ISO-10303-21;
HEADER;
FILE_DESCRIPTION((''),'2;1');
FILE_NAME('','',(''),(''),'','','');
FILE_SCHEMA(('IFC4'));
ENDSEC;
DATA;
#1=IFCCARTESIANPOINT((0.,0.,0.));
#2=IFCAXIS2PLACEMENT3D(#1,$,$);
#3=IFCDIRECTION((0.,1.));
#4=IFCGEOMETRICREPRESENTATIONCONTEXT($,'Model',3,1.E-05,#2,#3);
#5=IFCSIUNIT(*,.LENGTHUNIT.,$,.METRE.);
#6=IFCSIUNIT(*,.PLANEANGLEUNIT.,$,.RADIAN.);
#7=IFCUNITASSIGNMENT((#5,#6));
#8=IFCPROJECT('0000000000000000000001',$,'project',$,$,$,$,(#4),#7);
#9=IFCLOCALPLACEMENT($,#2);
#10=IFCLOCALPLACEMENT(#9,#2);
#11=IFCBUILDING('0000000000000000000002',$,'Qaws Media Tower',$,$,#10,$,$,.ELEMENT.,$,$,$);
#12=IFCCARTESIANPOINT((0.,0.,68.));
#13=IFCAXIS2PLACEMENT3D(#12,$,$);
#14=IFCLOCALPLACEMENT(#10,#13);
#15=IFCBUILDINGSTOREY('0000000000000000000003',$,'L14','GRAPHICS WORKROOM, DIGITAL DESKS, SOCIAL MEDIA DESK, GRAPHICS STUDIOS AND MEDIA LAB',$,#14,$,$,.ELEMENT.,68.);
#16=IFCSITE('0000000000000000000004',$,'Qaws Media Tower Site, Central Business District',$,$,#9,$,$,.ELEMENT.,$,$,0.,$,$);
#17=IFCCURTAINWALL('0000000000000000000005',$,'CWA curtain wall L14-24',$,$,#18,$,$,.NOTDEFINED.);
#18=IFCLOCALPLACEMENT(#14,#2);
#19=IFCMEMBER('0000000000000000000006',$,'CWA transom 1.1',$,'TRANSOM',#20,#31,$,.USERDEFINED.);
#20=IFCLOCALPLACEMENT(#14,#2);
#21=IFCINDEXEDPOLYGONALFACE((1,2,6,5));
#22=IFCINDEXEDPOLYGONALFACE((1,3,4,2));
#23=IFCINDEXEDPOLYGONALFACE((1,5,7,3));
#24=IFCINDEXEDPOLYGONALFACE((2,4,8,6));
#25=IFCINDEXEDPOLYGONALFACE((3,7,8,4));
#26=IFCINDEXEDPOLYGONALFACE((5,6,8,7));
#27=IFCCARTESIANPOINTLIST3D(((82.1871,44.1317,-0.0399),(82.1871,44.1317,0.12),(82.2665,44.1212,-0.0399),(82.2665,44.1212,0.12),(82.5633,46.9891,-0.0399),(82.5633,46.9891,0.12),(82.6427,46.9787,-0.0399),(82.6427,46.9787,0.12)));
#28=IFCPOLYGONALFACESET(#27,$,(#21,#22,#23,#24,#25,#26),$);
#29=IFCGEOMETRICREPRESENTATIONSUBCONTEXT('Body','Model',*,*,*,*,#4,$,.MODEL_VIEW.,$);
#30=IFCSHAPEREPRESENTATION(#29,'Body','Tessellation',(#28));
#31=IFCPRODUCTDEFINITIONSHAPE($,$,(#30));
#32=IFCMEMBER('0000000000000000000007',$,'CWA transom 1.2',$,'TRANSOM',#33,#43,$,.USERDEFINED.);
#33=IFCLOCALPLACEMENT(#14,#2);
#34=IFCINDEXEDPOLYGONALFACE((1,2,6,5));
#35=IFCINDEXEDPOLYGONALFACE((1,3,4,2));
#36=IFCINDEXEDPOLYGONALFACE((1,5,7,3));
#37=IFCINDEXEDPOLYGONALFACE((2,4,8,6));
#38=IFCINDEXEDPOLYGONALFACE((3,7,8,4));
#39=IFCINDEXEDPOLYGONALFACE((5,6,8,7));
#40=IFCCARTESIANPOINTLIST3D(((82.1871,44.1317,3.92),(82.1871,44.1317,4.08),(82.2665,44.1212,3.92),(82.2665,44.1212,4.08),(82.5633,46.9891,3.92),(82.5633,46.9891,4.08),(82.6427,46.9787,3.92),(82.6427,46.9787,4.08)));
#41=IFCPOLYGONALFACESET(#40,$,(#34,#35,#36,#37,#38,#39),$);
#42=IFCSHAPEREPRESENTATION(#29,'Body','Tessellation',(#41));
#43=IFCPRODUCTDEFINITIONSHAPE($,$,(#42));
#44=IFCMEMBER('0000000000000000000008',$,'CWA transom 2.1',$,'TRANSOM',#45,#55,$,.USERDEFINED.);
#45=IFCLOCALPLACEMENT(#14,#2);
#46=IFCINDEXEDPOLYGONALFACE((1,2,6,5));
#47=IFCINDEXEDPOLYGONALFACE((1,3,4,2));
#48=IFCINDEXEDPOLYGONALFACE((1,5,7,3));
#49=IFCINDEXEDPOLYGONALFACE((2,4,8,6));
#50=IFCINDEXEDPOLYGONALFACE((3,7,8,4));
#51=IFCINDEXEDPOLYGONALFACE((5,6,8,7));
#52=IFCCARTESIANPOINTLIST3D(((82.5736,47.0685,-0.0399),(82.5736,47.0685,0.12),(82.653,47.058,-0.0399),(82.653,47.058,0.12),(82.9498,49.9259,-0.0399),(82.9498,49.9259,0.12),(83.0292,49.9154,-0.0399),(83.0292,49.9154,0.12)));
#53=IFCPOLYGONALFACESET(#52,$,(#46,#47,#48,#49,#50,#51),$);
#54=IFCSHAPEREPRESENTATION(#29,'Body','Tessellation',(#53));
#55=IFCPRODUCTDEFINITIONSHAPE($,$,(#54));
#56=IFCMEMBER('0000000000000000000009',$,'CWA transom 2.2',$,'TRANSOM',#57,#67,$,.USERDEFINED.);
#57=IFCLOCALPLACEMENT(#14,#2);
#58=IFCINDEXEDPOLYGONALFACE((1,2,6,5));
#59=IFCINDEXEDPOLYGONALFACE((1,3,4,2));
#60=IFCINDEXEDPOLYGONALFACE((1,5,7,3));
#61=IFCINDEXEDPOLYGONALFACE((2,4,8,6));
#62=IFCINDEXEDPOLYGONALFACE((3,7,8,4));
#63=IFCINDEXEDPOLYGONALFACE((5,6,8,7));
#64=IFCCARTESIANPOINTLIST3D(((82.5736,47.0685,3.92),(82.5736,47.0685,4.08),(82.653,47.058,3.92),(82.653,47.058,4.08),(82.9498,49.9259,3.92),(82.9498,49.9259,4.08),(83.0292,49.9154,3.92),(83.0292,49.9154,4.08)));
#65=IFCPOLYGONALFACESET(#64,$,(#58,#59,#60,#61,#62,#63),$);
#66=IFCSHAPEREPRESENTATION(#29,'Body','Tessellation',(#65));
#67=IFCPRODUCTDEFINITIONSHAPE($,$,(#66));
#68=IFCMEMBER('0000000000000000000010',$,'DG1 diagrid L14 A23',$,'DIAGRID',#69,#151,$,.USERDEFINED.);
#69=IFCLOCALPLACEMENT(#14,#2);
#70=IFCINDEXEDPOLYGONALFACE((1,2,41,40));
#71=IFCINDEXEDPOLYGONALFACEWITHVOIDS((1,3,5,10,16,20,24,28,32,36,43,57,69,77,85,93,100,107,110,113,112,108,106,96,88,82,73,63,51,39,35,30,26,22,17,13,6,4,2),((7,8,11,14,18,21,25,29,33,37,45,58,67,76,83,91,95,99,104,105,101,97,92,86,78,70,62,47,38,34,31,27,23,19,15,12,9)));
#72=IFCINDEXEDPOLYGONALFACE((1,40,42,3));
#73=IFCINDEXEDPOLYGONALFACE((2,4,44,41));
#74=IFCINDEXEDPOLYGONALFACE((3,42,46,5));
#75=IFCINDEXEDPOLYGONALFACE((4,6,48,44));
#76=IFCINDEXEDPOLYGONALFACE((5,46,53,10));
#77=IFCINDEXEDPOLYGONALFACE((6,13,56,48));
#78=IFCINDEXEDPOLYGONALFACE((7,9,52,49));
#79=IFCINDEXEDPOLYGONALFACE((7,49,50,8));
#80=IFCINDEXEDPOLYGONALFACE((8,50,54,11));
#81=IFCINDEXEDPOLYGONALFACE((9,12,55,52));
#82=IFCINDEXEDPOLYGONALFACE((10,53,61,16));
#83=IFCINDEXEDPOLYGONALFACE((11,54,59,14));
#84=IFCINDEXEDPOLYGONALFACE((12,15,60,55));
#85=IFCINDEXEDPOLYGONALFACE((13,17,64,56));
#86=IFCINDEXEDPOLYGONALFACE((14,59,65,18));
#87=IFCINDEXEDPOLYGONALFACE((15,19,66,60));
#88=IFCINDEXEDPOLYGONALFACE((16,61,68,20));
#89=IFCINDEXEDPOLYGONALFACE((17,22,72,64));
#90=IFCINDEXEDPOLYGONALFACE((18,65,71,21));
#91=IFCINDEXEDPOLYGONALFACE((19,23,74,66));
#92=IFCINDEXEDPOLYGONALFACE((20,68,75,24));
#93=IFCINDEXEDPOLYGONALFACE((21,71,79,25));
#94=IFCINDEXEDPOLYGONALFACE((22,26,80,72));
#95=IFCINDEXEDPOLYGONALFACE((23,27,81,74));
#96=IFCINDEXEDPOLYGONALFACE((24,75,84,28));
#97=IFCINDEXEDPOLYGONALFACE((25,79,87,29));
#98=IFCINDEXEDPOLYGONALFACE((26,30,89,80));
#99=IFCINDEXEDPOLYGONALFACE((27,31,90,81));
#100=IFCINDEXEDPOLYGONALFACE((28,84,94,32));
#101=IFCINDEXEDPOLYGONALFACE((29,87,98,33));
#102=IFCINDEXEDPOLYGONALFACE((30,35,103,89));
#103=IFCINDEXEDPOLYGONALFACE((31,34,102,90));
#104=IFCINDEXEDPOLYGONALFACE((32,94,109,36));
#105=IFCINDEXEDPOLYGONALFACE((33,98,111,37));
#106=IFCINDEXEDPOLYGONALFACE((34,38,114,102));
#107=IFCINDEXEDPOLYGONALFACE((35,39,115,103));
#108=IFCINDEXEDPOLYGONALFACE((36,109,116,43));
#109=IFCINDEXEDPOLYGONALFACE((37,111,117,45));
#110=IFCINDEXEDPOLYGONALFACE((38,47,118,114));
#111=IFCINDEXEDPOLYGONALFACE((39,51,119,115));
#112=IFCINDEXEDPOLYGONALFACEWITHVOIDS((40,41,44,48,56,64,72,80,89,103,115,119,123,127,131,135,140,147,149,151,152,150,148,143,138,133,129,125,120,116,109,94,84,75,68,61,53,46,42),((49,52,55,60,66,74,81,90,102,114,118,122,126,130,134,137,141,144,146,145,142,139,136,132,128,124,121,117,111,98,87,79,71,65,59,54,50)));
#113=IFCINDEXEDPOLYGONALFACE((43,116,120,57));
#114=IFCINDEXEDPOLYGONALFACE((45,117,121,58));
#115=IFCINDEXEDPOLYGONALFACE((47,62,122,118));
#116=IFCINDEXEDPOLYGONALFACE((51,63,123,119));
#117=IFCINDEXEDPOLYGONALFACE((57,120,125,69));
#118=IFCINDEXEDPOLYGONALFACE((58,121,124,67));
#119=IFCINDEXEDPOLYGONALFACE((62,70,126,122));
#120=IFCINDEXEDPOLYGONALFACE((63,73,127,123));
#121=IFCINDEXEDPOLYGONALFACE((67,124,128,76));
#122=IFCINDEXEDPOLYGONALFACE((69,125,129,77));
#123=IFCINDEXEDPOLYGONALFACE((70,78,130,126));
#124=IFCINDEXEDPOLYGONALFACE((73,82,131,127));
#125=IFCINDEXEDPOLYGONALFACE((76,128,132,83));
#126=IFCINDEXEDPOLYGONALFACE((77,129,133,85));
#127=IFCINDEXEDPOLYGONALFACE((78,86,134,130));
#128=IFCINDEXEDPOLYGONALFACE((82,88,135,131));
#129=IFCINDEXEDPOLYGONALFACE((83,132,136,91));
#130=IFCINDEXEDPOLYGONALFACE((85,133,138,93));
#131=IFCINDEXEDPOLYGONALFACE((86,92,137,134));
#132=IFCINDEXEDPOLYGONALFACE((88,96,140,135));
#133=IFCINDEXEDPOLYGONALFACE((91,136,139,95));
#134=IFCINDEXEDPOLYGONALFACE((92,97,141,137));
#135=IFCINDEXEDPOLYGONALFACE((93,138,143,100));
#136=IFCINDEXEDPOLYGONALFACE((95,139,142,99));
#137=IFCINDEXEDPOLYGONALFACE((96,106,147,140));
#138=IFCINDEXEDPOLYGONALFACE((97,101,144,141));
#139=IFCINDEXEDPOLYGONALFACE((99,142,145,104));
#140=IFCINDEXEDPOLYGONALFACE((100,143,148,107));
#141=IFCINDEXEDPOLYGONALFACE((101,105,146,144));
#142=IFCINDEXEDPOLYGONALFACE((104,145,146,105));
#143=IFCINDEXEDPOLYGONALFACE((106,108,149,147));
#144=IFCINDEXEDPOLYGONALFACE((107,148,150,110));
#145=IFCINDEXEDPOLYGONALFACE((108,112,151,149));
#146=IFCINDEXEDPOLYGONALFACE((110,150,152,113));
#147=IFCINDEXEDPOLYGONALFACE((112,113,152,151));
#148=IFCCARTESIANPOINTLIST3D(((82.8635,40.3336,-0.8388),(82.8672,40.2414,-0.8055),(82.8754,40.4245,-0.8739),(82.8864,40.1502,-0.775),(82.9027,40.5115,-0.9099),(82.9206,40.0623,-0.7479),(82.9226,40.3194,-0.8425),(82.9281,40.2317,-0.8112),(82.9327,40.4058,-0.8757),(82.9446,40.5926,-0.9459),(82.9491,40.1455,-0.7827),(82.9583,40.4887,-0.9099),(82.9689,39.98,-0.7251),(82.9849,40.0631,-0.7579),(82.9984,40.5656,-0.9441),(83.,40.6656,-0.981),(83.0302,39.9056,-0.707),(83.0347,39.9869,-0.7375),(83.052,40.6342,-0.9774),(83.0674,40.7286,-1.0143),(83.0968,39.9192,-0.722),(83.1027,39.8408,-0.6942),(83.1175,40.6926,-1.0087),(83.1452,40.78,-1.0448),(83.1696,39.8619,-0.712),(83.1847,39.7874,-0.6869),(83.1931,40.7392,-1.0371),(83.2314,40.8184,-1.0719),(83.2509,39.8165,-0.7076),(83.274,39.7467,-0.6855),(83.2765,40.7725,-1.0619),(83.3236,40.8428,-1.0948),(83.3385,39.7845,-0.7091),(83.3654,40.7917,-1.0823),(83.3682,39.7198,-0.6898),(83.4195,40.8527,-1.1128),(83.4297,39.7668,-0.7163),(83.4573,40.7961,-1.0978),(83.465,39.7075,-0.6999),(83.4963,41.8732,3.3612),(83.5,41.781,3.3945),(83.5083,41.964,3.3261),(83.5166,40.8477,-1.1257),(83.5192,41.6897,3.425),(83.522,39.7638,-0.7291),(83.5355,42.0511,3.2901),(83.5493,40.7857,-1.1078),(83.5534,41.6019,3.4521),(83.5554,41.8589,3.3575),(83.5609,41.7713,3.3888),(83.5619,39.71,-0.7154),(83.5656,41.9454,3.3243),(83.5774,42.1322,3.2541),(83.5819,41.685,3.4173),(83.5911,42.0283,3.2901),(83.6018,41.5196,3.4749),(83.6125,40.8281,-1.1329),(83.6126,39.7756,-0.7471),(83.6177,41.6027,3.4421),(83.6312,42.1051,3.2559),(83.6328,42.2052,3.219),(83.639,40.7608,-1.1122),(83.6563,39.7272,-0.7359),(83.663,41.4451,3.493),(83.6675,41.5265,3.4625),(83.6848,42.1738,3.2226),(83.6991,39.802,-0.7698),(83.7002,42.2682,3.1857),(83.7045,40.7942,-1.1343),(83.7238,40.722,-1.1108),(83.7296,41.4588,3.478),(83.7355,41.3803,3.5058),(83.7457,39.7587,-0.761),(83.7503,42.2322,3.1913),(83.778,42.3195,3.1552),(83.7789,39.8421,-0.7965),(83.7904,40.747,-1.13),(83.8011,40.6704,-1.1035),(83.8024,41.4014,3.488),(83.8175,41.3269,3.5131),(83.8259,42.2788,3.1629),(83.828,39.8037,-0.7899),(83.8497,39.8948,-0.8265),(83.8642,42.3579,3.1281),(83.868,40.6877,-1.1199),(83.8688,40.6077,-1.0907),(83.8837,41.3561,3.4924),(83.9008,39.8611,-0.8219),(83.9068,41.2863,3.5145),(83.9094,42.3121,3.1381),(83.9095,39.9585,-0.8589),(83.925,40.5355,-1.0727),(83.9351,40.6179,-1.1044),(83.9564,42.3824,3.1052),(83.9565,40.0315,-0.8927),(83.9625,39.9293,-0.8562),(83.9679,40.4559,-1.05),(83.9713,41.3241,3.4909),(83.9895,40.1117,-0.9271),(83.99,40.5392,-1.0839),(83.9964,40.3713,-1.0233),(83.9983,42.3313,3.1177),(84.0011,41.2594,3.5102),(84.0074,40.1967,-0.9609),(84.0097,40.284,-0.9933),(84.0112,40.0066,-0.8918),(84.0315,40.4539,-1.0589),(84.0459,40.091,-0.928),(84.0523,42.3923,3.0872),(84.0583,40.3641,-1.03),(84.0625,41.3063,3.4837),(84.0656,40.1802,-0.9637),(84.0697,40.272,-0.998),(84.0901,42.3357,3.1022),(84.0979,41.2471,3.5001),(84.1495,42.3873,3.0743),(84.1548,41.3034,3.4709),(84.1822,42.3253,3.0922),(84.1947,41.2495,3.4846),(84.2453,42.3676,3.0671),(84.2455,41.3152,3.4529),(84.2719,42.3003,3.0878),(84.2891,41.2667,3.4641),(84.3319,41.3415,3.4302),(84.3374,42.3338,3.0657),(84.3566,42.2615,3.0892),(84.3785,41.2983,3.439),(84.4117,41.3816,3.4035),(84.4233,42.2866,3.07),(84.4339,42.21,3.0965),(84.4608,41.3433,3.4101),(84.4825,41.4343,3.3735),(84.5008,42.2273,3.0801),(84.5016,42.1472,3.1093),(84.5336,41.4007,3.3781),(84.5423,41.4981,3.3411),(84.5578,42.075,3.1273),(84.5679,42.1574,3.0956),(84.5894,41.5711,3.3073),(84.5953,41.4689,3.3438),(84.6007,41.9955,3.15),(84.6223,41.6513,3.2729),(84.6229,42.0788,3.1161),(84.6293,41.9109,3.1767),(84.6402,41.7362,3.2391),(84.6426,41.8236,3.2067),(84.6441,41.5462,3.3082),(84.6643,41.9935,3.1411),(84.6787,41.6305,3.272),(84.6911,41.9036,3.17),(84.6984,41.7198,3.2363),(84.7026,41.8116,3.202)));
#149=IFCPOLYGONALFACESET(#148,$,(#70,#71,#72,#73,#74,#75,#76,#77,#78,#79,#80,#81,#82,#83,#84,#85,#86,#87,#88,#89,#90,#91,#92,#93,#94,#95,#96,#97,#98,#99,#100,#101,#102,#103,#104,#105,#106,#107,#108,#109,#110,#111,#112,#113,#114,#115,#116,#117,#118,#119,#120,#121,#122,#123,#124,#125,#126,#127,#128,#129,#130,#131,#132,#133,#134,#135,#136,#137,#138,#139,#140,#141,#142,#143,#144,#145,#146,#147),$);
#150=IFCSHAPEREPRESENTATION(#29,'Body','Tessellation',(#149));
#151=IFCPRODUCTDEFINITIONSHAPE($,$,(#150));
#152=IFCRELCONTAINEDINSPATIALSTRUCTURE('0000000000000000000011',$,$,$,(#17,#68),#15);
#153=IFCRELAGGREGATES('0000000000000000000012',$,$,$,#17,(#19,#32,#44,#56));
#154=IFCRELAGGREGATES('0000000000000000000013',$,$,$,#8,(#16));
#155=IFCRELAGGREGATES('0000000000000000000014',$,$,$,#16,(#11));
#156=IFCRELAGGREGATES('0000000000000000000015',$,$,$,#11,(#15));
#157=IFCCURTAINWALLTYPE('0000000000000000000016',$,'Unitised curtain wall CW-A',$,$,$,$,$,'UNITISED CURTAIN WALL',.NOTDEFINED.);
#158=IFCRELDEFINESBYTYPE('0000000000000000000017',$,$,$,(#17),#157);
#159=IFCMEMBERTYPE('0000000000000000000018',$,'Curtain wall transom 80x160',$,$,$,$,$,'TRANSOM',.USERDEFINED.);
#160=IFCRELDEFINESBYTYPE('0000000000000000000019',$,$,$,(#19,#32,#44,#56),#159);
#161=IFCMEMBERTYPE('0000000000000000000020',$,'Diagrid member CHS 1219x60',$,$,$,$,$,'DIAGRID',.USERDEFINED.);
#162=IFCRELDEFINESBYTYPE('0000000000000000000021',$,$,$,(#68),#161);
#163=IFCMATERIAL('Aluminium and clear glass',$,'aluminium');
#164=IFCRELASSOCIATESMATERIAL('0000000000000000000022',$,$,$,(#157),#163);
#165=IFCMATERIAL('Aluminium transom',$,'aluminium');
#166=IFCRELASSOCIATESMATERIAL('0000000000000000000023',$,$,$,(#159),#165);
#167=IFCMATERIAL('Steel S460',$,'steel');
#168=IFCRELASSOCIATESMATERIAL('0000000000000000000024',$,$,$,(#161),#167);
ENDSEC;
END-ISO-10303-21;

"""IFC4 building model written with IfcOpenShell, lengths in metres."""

from ifc_helpers import new_model, si_unit, direction, frame, origin, origin_2d, place, context, subcontext, project, spatial, rectangle, hollow_circle, extrude, material, material_profile, profile_set, type_object, element, aggregate, save


model = new_model("IFC4")

# Units and contexts
model_context = context("Model", 3, precision=1e-05, world=origin(), true_north=direction((0.0, 1.0)))
body_context = subcontext(model_context, "Body", "Model", "MODEL_VIEW")
ifc_project = project(units=[si_unit("LENGTHUNIT", "METRE"), si_unit("PLANEANGLEUNIT", "RADIAN")], contexts=[model_context])

# Site, building, storey
site_placement = place(None, origin())
site = spatial("IfcSite", under=ifc_project, at=site_placement, Name="Qaws Media Tower Site, Central Business District", CompositionType="ELEMENT", RefElevation=0.0)
building_placement = place(site_placement, origin())
building = spatial("IfcBuilding", under=site, at=building_placement, Name="Qaws Media Tower", CompositionType="ELEMENT")
storey_placement = place(building_placement, frame((0.0, 0.0, 68.0)))
storey = spatial("IfcBuildingStorey", under=building, at=storey_placement, Name="L14", Description="GRAPHICS WORKROOM, DIGITAL DESKS, SOCIAL MEDIA DESK, GRAPHICS STUDIOS AND MEDIA LAB", CompositionType="ELEMENT", Elevation=68.0)

# Curtain wall
ifc_material_1 = material(Name="Aluminium and clear glass", Category="aluminium")
curtain_wall_type = type_object("IfcCurtainWallType", Name="Unitised curtain wall CW-A", ElementType="UNITISED CURTAIN WALL", PredefinedType="NOTDEFINED", material=ifc_material_1)
curtain_wall_1_placement = place(storey_placement, origin())
curtain_wall_1 = element("IfcCurtainWall", 1, at=curtain_wall_1_placement, inside=storey, type_object=curtain_wall_type, Name="CWA curtain wall L14-24", PredefinedType="NOTDEFINED")

# Members
ifc_material_2 = material(Name="Aluminium transom", Category="aluminium")
ifc_material_profile_1 = material_profile(ifc_material_2, rectangle(XDim=0.0801, YDim=0.1599, at=origin_2d()), Name="80x160")
ifc_profile_set_1 = profile_set([ifc_material_profile_1], Name="Aluminium transom")
member_type_1 = type_object("IfcMemberType", Name="Curtain wall transom 80x160", ElementType="TRANSOM", PredefinedType="USERDEFINED", material=ifc_profile_set_1)
member_1_placement = place(storey_placement, frame((82.2268, 44.1265, 0.04), z_axis=(0.130538, 0.991443, 0.0), x_axis=(-0.991443, 0.130538, 0.0)))
member_1 = element("IfcMember", 2, at=member_1_placement, type_object=member_type_1, Name="CWA transom 1.1", ObjectType="TRANSOM", PredefinedType="USERDEFINED", context=body_context, shape_type="SweptSolid", body=[
    extrude(rectangle(XDim=0.0801, YDim=0.1599, at=origin_2d()), origin(), (0.0, 0.0, 1.0), 2.8821),
])
member_2_placement = place(storey_placement, frame((82.2268, 44.1265, 4.0), z_axis=(0.130538, 0.991443, 0.0), x_axis=(-0.991443, 0.130538, 0.0)))
member_2 = element("IfcMember", 3, at=member_2_placement, type_object=member_type_1, Name="CWA transom 1.2", ObjectType="TRANSOM", PredefinedType="USERDEFINED", context=body_context, shape_type="SweptSolid", body=[
    extrude(rectangle(XDim=0.0801, YDim=0.1599, at=origin_2d()), origin(), (0.0, 0.0, 1.0), 2.8821),
])
member_3_placement = place(storey_placement, frame((82.6133, 47.0632, 0.04), z_axis=(0.130538, 0.991443, 0.0), x_axis=(-0.991443, 0.130538, 0.0)))
member_3 = element("IfcMember", 4, at=member_3_placement, type_object=member_type_1, Name="CWA transom 2.1", ObjectType="TRANSOM", PredefinedType="USERDEFINED", context=body_context, shape_type="SweptSolid", body=[
    extrude(rectangle(XDim=0.0801, YDim=0.1599, at=origin_2d()), origin(), (0.0, 0.0, 1.0), 2.8821),
])
member_4_placement = place(storey_placement, frame((82.6133, 47.0632, 4.0), z_axis=(0.130538, 0.991443, 0.0), x_axis=(-0.991443, 0.130538, 0.0)))
member_4 = element("IfcMember", 5, at=member_4_placement, type_object=member_type_1, Name="CWA transom 2.2", ObjectType="TRANSOM", PredefinedType="USERDEFINED", context=body_context, shape_type="SweptSolid", body=[
    extrude(rectangle(XDim=0.0801, YDim=0.1599, at=origin_2d()), origin(), (0.0, 0.0, 1.0), 2.8821),
])

# Member
ifc_material_3 = material(Name="Steel S460", Category="steel")
ifc_material_profile_2 = material_profile(ifc_material_3, hollow_circle(Radius=0.6096, WallThickness=0.0601, at=origin_2d()), Name="CHS 1219x60")
ifc_profile_set_2 = profile_set([ifc_material_profile_2], Name="Steel S460")
member_type_2 = type_object("IfcMemberType", Name="Diagrid member CHS 1219x60", ElementType="DIAGRID", PredefinedType="USERDEFINED", material=ifc_profile_set_2)
for number, where, z_axis, x_axis, name in (
    (6, (83.4666, 40.2798, -0.9099), (0.140072, 0.340777, 0.929651), (-0.924915, 0.380174, 0.0), "DG1 diagrid L14 A23"),
):
    element("IfcMember", number, at=place(storey_placement, frame(where, z_axis=z_axis, x_axis=x_axis)), inside=storey, type_object=member_type_2, Name=name, ObjectType="DIAGRID", PredefinedType="USERDEFINED", context=body_context, shape_type="SweptSolid", body=[
        extrude(hollow_circle(Radius=0.6096, WallThickness=0.0601, at=origin_2d()), origin(), (0.0, 0.0, 1.0), 4.5178),
    ])

aggregate(curtain_wall_1, [member_1, member_2, member_3, member_4])

save(model, "model.ifc")
